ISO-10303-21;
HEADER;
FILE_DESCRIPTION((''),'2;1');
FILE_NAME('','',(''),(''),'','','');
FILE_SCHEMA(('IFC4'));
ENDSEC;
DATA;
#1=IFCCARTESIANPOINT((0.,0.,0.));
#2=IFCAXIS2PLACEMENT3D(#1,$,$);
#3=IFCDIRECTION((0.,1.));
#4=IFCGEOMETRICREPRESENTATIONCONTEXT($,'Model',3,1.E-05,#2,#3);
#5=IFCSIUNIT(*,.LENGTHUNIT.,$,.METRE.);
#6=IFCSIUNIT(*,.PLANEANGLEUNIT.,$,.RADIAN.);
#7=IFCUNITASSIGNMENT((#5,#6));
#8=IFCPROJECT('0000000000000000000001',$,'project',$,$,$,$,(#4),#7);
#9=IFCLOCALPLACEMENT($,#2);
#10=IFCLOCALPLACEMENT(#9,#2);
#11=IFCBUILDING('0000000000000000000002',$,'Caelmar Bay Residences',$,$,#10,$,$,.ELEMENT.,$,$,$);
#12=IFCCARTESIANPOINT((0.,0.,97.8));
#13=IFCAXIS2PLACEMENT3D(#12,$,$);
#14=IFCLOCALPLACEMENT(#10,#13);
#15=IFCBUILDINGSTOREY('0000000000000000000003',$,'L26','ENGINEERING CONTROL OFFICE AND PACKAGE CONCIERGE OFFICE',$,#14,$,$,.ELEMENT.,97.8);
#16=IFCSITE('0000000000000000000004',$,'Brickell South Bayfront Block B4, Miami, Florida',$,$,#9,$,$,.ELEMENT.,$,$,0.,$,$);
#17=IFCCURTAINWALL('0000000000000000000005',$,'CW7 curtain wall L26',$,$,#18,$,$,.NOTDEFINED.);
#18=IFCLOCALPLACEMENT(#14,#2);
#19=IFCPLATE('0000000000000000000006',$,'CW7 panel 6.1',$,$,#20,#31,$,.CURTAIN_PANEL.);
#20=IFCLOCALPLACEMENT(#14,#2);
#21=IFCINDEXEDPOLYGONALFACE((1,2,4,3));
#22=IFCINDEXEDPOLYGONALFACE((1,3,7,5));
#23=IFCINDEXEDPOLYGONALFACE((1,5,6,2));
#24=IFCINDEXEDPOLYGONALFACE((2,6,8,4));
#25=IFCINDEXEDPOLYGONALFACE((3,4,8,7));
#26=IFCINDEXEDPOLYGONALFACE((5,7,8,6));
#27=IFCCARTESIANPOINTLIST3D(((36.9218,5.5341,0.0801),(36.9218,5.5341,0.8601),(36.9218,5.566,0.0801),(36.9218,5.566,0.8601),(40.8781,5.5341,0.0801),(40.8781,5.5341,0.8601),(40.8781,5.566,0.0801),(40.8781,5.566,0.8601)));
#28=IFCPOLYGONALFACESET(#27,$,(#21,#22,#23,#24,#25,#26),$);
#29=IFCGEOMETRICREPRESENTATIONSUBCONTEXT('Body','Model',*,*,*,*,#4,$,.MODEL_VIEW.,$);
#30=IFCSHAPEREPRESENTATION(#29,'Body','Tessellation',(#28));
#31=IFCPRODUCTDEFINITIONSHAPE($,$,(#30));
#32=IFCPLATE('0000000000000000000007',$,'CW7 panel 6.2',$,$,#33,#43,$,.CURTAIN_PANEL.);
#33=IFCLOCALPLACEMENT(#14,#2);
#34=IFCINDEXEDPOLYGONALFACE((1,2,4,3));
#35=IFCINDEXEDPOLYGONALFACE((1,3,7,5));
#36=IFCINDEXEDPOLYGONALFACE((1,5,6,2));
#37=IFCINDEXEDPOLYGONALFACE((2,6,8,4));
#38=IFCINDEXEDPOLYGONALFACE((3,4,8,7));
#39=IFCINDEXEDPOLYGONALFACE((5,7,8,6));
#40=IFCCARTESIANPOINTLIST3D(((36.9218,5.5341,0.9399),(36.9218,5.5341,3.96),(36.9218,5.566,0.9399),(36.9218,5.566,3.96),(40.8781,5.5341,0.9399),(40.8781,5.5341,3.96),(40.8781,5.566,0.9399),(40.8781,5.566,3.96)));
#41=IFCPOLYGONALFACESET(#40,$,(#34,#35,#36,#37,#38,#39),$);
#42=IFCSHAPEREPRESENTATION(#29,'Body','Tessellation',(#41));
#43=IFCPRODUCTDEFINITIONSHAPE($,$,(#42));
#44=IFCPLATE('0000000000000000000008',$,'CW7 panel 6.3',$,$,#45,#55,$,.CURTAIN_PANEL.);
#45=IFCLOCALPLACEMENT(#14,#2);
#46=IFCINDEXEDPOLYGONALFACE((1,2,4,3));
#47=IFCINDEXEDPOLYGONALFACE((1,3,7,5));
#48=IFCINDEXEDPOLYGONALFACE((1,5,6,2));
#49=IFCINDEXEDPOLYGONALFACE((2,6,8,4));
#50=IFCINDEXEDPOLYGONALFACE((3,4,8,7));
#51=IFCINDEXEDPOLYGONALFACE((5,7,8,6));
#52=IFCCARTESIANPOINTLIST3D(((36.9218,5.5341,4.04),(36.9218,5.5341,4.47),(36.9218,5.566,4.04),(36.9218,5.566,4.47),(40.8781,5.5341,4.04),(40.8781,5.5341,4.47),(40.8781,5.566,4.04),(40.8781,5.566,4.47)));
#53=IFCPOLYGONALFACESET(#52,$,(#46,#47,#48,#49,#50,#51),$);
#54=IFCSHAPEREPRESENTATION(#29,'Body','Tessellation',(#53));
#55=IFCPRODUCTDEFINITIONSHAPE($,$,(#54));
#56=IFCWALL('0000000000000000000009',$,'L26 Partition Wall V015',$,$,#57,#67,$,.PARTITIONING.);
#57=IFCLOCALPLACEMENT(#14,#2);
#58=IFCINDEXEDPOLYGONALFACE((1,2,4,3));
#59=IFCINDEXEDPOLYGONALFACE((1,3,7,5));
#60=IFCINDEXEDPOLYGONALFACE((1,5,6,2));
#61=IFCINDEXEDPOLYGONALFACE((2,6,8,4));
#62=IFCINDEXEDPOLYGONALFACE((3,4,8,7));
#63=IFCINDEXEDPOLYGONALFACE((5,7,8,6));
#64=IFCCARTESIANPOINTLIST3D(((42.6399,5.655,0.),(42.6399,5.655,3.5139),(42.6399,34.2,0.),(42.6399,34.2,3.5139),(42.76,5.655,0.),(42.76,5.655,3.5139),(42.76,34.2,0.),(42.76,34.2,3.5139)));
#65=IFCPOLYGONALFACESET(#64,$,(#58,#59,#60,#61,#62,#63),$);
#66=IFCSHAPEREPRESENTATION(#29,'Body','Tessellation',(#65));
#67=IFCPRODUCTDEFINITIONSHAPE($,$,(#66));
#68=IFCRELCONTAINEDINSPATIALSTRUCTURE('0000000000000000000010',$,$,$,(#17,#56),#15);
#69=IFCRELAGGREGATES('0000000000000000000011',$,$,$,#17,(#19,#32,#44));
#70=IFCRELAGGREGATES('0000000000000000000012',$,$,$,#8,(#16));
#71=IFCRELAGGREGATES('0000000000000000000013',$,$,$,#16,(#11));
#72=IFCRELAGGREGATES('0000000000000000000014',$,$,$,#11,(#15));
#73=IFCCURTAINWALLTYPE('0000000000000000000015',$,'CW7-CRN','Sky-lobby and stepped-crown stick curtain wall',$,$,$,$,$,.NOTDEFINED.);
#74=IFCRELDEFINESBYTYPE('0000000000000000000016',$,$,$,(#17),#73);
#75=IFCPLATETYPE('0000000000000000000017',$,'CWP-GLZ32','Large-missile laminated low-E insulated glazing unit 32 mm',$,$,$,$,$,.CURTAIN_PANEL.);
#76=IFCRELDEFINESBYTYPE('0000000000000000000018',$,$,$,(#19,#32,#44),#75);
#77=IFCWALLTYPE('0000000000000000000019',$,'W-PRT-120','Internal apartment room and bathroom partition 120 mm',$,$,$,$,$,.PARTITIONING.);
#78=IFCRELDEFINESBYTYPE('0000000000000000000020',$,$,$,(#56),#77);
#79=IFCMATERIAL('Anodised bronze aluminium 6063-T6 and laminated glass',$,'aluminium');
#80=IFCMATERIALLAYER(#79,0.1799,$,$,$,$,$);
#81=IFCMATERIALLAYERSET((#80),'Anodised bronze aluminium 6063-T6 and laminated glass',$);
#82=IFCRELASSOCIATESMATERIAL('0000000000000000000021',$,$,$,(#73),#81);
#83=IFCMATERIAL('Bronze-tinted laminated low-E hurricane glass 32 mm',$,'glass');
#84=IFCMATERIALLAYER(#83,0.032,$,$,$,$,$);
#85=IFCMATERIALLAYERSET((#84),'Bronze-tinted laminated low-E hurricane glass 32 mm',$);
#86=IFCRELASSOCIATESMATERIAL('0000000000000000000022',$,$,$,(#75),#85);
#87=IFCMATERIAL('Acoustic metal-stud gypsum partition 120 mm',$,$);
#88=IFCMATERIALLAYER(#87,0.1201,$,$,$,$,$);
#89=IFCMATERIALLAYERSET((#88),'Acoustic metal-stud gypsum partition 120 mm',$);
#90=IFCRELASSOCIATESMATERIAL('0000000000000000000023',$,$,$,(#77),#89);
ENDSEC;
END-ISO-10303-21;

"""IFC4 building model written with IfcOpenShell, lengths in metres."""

from ifc_helpers import new_model, si_unit, direction, frame, frame_2d, origin, origin_2d, place, context, subcontext, project, spatial, rectangle, extrude, material, layer, layer_set, type_object, element, aggregate, save


model = new_model("IFC4")

# Units and contexts
model_context = context("Model", 3, precision=1e-05, world=origin(), true_north=direction((0.0, 1.0)))
body_context = subcontext(model_context, "Body", "Model", "MODEL_VIEW")
ifc_project = project(units=[si_unit("LENGTHUNIT", "METRE"), si_unit("PLANEANGLEUNIT", "RADIAN")], contexts=[model_context])

# Site, building, storey
site_placement = place(None, origin())
site = spatial("IfcSite", under=ifc_project, at=site_placement, Name="Brickell South Bayfront Block B4, Miami, Florida", CompositionType="ELEMENT", RefElevation=0.0)
building_placement = place(site_placement, origin())
building = spatial("IfcBuilding", under=site, at=building_placement, Name="Caelmar Bay Residences", CompositionType="ELEMENT")
storey_placement = place(building_placement, frame((0.0, 0.0, 97.8)))
storey = spatial("IfcBuildingStorey", under=building, at=storey_placement, Name="L26", Description="ENGINEERING CONTROL OFFICE AND PACKAGE CONCIERGE OFFICE", CompositionType="ELEMENT", Elevation=97.8)

# Curtain wall, plates
ifc_material_1 = material(Name="Anodised bronze aluminium 6063-T6 and laminated glass", Category="aluminium")
ifc_layer_1 = layer(ifc_material_1, 0.1799)
ifc_layer_set_1 = layer_set([ifc_layer_1], Name="Anodised bronze aluminium 6063-T6 and laminated glass")
curtain_wall_type = type_object("IfcCurtainWallType", Name="CW7-CRN", Description="Sky-lobby and stepped-crown stick curtain wall", PredefinedType="NOTDEFINED", material=ifc_layer_set_1)
curtain_wall_placement = place(storey_placement, origin())
curtain_wall = element("IfcCurtainWall", 1, at=curtain_wall_placement, inside=storey, type_object=curtain_wall_type, Name="CW7 curtain wall L26", PredefinedType="NOTDEFINED")
ifc_material_2 = material(Name="Bronze-tinted laminated low-E hurricane glass 32 mm", Category="glass")
ifc_layer_2 = layer(ifc_material_2, 0.032)
ifc_layer_set_2 = layer_set([ifc_layer_2], Name="Bronze-tinted laminated low-E hurricane glass 32 mm")
plate_type = type_object("IfcPlateType", Name="CWP-GLZ32", Description="Large-missile laminated low-E insulated glazing unit 32 mm", PredefinedType="CURTAIN_PANEL", material=ifc_layer_set_2)
plate_1_placement = place(storey_placement, frame((38.8999, 5.55, 0.0801), z_axis=(0.0, 0.0, 1.0), x_axis=(-1.0, 0.0, 0.0)))
plate_1 = element("IfcPlate", 2, at=plate_1_placement, type_object=plate_type, Name="CW7 panel 6.1", PredefinedType="CURTAIN_PANEL", context=body_context, shape_type="SweptSolid", body=[
    extrude(rectangle(XDim=3.9563, YDim=0.032, at=origin_2d()), origin(), (0.0, 0.0, 1.0), 0.78),
])
plate_2_placement = place(storey_placement, frame((38.8999, 5.55, 0.9399), z_axis=(0.0, 0.0, 1.0), x_axis=(-1.0, 0.0, 0.0)))
plate_2 = element("IfcPlate", 3, at=plate_2_placement, type_object=plate_type, Name="CW7 panel 6.2", PredefinedType="CURTAIN_PANEL", context=body_context, shape_type="SweptSolid", body=[
    extrude(rectangle(XDim=3.9563, YDim=0.032, at=origin_2d()), origin(), (0.0, 0.0, 1.0), 3.02),
])
plate_3_placement = place(storey_placement, frame((38.8999, 5.55, 4.04), z_axis=(0.0, 0.0, 1.0), x_axis=(-1.0, 0.0, 0.0)))
plate_3 = element("IfcPlate", 4, at=plate_3_placement, type_object=plate_type, Name="CW7 panel 6.3", PredefinedType="CURTAIN_PANEL", context=body_context, shape_type="SweptSolid", body=[
    extrude(rectangle(XDim=3.9563, YDim=0.032, at=origin_2d()), origin(), (0.0, 0.0, 1.0), 0.4299),
])
aggregate(curtain_wall, [plate_1, plate_2, plate_3])

# Wall
ifc_material_3 = material(Name="Acoustic metal-stud gypsum partition 120 mm")
ifc_layer_3 = layer(ifc_material_3, 0.1201)
ifc_layer_set_3 = layer_set([ifc_layer_3], Name="Acoustic metal-stud gypsum partition 120 mm")
wall_type = type_object("IfcWallType", Name="W-PRT-120", Description="Internal apartment room and bathroom partition 120 mm", PredefinedType="PARTITIONING", material=ifc_layer_set_3)
wall_placement = place(storey_placement, frame((42.7, 5.655, 0.0), z_axis=(0.0, 0.0, 1.0), x_axis=(0.0, 1.0, 0.0)))
element("IfcWall", 5, at=wall_placement, inside=storey, type_object=wall_type, Name="L26 Partition Wall V015", PredefinedType="PARTITIONING", context=body_context, shape_type="SweptSolid", body=[
    extrude(rectangle(XDim=28.5449, YDim=0.1201, at=frame_2d((14.2725, 0.0))), origin(), (0.0, 0.0, 1.0), 3.5139),
])

save(model, "model.ifc")
